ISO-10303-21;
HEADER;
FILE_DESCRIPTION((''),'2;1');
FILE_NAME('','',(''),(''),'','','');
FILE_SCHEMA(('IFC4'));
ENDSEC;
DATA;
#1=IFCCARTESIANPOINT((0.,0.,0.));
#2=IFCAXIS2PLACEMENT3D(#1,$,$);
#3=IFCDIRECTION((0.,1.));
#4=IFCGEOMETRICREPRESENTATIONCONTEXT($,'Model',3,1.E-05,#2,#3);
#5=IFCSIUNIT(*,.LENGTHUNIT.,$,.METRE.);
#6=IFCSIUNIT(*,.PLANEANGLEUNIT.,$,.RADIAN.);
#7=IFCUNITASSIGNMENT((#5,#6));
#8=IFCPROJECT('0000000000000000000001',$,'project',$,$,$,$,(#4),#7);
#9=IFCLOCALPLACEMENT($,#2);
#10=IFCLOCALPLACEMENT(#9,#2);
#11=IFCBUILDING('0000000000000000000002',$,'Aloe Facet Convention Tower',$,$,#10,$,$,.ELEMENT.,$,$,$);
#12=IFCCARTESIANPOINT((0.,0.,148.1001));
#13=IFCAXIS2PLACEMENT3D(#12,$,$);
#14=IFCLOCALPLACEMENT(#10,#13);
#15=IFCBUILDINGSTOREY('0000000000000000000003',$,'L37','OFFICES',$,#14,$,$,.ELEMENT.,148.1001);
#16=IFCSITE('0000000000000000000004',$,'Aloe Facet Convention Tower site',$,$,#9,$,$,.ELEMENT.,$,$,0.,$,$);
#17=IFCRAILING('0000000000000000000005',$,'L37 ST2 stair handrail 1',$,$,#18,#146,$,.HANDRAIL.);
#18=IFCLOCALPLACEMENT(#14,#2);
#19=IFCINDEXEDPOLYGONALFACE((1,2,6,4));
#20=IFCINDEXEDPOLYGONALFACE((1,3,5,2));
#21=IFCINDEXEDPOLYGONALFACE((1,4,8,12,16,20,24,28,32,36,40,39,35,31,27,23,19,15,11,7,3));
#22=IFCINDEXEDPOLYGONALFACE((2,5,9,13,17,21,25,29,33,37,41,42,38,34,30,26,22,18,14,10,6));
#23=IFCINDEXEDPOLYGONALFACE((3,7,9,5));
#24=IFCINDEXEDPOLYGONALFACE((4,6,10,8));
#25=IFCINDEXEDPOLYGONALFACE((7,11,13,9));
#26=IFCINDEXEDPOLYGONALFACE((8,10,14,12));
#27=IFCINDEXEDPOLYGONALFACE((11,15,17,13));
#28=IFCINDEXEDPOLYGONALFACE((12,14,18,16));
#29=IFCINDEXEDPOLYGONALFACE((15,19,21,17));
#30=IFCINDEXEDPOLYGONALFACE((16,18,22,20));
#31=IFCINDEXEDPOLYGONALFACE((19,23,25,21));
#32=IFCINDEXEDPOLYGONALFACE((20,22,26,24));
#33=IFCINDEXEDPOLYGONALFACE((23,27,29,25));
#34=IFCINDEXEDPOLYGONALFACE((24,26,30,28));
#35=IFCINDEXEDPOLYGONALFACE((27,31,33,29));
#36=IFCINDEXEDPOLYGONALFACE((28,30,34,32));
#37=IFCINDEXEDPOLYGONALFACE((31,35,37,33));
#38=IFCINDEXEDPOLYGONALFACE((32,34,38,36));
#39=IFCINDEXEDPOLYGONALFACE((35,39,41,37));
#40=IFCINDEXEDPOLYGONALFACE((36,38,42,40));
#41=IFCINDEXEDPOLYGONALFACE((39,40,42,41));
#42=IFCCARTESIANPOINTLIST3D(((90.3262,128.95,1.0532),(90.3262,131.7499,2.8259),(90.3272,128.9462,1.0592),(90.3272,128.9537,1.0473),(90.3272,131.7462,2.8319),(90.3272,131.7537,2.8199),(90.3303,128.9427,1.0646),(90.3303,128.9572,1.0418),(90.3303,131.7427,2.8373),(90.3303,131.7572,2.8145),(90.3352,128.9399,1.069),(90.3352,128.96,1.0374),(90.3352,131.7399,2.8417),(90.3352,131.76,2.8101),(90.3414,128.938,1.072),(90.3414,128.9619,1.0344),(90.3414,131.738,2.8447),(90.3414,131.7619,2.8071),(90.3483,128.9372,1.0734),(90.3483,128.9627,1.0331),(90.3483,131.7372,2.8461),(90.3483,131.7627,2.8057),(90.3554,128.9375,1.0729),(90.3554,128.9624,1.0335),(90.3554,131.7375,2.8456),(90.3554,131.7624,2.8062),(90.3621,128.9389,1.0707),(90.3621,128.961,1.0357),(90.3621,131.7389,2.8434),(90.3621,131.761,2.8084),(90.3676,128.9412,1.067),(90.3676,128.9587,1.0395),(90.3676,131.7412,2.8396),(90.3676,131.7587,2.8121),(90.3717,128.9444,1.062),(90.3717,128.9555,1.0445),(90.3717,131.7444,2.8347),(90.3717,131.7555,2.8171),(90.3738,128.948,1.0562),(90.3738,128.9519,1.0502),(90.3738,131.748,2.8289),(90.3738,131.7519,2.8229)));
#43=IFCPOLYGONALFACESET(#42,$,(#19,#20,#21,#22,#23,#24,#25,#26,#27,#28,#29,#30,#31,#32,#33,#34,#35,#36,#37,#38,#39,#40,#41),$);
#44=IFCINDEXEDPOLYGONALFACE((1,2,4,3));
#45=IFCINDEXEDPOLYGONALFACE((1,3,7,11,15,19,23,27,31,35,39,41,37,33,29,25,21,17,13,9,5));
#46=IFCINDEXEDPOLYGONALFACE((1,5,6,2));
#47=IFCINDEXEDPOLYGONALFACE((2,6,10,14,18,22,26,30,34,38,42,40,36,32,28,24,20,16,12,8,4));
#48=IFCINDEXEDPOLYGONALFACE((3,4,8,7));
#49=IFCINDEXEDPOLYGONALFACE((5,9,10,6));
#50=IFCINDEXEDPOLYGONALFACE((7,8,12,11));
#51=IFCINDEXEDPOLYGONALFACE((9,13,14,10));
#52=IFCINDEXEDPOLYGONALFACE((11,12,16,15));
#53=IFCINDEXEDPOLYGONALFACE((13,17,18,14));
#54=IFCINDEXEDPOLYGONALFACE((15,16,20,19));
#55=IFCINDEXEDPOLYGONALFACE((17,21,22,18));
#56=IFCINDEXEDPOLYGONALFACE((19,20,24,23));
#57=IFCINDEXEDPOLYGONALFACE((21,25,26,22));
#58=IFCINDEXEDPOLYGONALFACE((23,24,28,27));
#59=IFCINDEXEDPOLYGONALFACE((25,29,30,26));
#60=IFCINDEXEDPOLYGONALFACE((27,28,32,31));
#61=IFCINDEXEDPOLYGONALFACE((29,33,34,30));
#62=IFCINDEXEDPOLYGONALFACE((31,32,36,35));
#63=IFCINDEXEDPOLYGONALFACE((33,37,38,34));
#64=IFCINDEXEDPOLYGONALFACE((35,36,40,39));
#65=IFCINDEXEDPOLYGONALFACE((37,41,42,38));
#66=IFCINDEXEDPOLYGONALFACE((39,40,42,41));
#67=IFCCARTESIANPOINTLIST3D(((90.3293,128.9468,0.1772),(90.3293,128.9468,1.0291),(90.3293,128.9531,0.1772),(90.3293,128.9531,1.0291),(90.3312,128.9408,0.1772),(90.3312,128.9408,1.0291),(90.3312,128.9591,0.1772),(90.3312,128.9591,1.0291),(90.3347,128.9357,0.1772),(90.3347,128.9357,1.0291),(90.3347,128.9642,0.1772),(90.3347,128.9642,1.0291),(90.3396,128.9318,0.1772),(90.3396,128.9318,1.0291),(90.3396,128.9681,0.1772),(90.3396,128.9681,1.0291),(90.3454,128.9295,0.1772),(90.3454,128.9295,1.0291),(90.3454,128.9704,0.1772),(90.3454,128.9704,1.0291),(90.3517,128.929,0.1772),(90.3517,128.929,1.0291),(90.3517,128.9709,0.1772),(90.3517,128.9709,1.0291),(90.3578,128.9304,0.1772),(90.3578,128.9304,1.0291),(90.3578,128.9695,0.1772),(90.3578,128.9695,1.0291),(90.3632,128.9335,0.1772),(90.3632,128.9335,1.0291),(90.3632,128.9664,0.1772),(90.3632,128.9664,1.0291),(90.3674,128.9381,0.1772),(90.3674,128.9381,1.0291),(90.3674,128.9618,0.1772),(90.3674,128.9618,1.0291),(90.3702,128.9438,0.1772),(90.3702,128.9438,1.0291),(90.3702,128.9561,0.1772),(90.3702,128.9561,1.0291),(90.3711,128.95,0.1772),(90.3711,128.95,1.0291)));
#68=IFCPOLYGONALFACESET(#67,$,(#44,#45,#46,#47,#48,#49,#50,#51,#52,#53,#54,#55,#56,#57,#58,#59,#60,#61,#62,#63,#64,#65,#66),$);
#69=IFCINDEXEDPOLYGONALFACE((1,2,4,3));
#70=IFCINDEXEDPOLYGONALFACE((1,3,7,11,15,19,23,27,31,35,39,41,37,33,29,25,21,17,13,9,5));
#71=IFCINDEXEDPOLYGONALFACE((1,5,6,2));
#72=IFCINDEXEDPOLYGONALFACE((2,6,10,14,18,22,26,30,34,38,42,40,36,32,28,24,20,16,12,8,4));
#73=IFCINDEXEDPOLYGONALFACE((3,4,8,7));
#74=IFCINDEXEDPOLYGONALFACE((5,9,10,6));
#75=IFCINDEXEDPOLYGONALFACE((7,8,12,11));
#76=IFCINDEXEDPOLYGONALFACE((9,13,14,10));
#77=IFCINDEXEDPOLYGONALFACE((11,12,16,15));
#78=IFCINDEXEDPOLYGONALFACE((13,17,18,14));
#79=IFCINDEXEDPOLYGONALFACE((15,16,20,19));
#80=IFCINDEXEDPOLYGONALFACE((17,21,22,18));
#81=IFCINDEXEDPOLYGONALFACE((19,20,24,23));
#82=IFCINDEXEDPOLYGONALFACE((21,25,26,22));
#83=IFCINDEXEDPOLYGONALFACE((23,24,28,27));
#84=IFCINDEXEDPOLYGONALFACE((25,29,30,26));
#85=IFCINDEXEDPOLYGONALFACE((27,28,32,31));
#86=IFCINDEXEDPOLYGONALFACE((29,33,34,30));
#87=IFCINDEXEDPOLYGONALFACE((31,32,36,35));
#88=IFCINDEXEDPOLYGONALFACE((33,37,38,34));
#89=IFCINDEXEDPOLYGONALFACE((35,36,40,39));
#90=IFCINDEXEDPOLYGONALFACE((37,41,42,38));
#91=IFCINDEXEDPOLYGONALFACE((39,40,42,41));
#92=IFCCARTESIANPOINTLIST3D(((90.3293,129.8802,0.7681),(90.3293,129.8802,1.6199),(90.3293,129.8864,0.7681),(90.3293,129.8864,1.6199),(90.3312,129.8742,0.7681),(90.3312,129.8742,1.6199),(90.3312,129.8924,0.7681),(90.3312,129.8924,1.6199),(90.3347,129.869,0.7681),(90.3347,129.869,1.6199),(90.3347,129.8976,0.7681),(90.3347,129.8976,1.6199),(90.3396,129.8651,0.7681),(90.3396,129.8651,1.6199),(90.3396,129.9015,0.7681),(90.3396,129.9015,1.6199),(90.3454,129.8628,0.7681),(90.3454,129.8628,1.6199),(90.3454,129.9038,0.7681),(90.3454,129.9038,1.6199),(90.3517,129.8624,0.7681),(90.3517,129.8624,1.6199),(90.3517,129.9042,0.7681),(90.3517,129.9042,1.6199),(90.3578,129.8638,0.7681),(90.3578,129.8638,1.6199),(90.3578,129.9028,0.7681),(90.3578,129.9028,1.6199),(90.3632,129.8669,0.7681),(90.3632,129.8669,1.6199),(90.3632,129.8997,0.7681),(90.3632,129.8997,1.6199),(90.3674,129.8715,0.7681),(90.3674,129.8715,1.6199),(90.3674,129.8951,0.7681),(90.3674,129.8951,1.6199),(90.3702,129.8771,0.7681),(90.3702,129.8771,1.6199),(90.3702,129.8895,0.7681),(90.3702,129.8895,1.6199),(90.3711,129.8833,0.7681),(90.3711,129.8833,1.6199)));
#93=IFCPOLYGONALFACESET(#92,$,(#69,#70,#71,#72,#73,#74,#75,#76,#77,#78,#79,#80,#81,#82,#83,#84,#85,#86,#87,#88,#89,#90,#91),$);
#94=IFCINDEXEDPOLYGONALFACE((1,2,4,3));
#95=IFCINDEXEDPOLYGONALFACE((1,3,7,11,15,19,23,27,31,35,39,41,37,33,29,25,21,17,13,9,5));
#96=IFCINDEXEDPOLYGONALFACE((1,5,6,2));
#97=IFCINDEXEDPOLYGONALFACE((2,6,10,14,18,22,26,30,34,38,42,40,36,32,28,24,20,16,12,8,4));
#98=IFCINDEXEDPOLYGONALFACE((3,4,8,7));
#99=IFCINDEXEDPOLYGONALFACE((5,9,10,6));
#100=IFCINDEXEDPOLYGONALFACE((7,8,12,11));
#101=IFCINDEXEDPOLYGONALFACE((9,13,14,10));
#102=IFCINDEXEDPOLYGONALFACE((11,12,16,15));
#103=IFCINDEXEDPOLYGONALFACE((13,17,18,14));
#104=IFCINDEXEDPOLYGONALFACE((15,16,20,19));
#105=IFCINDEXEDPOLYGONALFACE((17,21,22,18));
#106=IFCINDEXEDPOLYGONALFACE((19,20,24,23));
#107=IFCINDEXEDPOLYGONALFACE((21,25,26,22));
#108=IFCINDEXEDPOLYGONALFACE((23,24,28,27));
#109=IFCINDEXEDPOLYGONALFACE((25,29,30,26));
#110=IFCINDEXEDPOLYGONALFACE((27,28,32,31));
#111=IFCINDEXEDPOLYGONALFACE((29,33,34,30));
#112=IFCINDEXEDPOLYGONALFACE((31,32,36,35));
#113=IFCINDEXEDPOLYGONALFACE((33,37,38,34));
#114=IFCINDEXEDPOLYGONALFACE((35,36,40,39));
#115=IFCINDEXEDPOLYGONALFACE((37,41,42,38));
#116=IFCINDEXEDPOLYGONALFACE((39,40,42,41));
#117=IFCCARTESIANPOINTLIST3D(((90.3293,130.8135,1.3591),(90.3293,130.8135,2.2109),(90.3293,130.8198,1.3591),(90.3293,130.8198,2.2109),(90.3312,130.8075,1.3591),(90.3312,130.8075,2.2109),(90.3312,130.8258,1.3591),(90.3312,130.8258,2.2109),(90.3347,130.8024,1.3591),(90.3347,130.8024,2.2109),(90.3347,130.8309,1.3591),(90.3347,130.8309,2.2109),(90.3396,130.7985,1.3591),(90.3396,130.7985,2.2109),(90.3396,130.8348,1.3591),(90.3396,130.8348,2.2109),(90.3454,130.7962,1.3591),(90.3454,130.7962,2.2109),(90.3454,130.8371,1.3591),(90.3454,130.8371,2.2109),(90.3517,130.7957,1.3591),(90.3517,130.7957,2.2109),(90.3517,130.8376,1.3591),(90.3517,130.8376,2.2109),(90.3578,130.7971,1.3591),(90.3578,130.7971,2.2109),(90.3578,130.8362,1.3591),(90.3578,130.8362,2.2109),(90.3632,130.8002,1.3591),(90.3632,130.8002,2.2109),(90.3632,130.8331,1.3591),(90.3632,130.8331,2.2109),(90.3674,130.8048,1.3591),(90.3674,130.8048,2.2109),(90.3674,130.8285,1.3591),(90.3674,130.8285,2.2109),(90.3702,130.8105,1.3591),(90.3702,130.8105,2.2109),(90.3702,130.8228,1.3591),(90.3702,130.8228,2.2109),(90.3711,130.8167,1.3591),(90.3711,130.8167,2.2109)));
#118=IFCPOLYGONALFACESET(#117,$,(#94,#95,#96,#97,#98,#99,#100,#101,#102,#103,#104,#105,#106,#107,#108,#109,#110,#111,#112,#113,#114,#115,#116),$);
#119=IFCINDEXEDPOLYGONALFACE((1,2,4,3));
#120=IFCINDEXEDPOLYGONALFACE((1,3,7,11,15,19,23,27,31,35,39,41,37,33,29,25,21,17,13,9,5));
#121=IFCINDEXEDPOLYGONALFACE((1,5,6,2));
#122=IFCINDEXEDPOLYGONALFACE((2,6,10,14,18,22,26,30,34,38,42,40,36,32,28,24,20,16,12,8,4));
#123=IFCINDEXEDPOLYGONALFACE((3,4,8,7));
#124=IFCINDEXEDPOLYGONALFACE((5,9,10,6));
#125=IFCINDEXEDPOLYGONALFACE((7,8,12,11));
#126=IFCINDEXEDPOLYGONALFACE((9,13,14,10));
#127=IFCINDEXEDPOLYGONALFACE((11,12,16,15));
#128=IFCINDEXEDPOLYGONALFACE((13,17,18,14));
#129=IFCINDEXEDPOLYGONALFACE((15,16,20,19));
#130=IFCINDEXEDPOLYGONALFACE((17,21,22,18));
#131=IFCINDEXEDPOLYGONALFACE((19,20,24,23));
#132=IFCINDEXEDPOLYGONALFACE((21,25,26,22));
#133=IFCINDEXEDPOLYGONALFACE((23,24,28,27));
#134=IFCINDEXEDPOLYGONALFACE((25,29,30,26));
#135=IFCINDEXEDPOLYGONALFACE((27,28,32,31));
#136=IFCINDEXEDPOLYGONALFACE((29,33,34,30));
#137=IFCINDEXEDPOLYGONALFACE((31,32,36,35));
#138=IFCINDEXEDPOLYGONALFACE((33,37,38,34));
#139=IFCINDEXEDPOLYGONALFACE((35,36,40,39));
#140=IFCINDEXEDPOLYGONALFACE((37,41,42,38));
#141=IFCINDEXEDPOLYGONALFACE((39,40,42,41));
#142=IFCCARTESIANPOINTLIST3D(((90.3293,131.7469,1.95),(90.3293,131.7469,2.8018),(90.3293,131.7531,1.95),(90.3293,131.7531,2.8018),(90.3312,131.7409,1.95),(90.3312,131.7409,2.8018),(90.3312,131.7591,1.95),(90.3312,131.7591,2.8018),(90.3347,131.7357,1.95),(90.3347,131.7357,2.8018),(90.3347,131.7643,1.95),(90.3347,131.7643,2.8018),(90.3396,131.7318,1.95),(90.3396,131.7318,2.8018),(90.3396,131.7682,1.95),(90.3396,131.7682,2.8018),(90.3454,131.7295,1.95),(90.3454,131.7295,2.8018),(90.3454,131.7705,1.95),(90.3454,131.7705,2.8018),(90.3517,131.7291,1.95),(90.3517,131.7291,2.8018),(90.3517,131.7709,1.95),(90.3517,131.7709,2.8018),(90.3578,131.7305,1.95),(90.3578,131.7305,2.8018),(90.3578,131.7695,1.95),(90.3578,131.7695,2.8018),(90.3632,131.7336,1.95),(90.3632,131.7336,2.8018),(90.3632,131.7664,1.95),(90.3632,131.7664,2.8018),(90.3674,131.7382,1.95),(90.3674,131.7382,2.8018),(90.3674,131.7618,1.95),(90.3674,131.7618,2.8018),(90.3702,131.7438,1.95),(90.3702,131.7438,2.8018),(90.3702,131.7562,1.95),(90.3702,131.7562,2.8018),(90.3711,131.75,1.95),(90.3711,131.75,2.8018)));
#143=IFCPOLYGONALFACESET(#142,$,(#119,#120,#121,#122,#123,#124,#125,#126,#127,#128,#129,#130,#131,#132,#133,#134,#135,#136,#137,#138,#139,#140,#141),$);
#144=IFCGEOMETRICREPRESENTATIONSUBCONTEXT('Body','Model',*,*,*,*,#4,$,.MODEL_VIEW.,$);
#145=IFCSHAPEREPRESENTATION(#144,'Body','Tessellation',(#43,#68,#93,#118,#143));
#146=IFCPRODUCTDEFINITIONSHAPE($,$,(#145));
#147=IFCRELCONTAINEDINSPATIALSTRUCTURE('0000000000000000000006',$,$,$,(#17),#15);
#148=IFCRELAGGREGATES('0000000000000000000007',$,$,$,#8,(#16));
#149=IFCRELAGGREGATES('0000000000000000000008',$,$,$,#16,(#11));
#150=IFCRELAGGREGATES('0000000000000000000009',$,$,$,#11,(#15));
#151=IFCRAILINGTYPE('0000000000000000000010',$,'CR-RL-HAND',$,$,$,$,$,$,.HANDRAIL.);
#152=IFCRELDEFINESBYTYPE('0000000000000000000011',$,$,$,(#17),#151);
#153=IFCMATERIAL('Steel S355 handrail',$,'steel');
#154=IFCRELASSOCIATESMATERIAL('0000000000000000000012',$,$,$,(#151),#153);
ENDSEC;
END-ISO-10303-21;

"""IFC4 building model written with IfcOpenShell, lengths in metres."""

from ifc_helpers import new_model, si_unit, direction, frame, origin, origin_2d, place, context, subcontext, project, spatial, circle, extrude, material, type_object, element, save


model = new_model("IFC4")

# Units and contexts
model_context = context("Model", 3, precision=1e-05, world=origin(), true_north=direction((0.0, 1.0)))
body_context = subcontext(model_context, "Body", "Model", "MODEL_VIEW")
ifc_project = project(units=[si_unit("LENGTHUNIT", "METRE"), si_unit("PLANEANGLEUNIT", "RADIAN")], contexts=[model_context])

# Site, building, storey
site_placement = place(None, origin())
site = spatial("IfcSite", under=ifc_project, at=site_placement, Name="Aloe Facet Convention Tower site", CompositionType="ELEMENT", RefElevation=0.0)
building_placement = place(site_placement, origin())
building = spatial("IfcBuilding", under=site, at=building_placement, Name="Aloe Facet Convention Tower", CompositionType="ELEMENT")
storey_placement = place(building_placement, frame((0.0, 0.0, 148.1001)))
storey = spatial("IfcBuildingStorey", under=building, at=storey_placement, Name="L37", Description="OFFICES", CompositionType="ELEMENT", Elevation=148.1001)

# Railing
ifc_material_1 = material(Name="Steel S355 handrail", Category="steel")
railing_type_1 = type_object("IfcRailingType", Name="CR-RL-HAND", PredefinedType="HANDRAIL", material=ifc_material_1)
railing_1_placement = place(storey_placement, frame((90.3501, 128.95, 0.1772)))
element("IfcRailing", 1, at=railing_1_placement, inside=storey, type_object=railing_type_1, Name="L37 ST2 stair handrail 1", PredefinedType="HANDRAIL", context=body_context, shape_type="SweptSolid", body=[
    extrude(circle(Radius=0.0239, at=origin_2d()), frame((0.0, 0.0, 0.876), z_axis=(0.0, 0.844909, 0.53491), x_axis=(-1.0, 0.0, 0.0)), (0.0, 0.0, 1.0), 3.314),
    extrude(circle(Radius=0.021, at=origin_2d()), origin(), (0.0, 0.0, 1.0), 0.8518),
    extrude(circle(Radius=0.021, at=origin_2d()), frame((0.0, 0.9333, 0.5908)), (0.0, 0.0, 1.0), 0.8518),
    extrude(circle(Radius=0.021, at=origin_2d()), frame((0.0, 1.8667, 1.1819)), (0.0, 0.0, 1.0), 0.8518),
    extrude(circle(Radius=0.021, at=origin_2d()), frame((0.0, 2.8, 1.7727)), (0.0, 0.0, 1.0), 0.8518),
])

save(model, "model.ifc")
